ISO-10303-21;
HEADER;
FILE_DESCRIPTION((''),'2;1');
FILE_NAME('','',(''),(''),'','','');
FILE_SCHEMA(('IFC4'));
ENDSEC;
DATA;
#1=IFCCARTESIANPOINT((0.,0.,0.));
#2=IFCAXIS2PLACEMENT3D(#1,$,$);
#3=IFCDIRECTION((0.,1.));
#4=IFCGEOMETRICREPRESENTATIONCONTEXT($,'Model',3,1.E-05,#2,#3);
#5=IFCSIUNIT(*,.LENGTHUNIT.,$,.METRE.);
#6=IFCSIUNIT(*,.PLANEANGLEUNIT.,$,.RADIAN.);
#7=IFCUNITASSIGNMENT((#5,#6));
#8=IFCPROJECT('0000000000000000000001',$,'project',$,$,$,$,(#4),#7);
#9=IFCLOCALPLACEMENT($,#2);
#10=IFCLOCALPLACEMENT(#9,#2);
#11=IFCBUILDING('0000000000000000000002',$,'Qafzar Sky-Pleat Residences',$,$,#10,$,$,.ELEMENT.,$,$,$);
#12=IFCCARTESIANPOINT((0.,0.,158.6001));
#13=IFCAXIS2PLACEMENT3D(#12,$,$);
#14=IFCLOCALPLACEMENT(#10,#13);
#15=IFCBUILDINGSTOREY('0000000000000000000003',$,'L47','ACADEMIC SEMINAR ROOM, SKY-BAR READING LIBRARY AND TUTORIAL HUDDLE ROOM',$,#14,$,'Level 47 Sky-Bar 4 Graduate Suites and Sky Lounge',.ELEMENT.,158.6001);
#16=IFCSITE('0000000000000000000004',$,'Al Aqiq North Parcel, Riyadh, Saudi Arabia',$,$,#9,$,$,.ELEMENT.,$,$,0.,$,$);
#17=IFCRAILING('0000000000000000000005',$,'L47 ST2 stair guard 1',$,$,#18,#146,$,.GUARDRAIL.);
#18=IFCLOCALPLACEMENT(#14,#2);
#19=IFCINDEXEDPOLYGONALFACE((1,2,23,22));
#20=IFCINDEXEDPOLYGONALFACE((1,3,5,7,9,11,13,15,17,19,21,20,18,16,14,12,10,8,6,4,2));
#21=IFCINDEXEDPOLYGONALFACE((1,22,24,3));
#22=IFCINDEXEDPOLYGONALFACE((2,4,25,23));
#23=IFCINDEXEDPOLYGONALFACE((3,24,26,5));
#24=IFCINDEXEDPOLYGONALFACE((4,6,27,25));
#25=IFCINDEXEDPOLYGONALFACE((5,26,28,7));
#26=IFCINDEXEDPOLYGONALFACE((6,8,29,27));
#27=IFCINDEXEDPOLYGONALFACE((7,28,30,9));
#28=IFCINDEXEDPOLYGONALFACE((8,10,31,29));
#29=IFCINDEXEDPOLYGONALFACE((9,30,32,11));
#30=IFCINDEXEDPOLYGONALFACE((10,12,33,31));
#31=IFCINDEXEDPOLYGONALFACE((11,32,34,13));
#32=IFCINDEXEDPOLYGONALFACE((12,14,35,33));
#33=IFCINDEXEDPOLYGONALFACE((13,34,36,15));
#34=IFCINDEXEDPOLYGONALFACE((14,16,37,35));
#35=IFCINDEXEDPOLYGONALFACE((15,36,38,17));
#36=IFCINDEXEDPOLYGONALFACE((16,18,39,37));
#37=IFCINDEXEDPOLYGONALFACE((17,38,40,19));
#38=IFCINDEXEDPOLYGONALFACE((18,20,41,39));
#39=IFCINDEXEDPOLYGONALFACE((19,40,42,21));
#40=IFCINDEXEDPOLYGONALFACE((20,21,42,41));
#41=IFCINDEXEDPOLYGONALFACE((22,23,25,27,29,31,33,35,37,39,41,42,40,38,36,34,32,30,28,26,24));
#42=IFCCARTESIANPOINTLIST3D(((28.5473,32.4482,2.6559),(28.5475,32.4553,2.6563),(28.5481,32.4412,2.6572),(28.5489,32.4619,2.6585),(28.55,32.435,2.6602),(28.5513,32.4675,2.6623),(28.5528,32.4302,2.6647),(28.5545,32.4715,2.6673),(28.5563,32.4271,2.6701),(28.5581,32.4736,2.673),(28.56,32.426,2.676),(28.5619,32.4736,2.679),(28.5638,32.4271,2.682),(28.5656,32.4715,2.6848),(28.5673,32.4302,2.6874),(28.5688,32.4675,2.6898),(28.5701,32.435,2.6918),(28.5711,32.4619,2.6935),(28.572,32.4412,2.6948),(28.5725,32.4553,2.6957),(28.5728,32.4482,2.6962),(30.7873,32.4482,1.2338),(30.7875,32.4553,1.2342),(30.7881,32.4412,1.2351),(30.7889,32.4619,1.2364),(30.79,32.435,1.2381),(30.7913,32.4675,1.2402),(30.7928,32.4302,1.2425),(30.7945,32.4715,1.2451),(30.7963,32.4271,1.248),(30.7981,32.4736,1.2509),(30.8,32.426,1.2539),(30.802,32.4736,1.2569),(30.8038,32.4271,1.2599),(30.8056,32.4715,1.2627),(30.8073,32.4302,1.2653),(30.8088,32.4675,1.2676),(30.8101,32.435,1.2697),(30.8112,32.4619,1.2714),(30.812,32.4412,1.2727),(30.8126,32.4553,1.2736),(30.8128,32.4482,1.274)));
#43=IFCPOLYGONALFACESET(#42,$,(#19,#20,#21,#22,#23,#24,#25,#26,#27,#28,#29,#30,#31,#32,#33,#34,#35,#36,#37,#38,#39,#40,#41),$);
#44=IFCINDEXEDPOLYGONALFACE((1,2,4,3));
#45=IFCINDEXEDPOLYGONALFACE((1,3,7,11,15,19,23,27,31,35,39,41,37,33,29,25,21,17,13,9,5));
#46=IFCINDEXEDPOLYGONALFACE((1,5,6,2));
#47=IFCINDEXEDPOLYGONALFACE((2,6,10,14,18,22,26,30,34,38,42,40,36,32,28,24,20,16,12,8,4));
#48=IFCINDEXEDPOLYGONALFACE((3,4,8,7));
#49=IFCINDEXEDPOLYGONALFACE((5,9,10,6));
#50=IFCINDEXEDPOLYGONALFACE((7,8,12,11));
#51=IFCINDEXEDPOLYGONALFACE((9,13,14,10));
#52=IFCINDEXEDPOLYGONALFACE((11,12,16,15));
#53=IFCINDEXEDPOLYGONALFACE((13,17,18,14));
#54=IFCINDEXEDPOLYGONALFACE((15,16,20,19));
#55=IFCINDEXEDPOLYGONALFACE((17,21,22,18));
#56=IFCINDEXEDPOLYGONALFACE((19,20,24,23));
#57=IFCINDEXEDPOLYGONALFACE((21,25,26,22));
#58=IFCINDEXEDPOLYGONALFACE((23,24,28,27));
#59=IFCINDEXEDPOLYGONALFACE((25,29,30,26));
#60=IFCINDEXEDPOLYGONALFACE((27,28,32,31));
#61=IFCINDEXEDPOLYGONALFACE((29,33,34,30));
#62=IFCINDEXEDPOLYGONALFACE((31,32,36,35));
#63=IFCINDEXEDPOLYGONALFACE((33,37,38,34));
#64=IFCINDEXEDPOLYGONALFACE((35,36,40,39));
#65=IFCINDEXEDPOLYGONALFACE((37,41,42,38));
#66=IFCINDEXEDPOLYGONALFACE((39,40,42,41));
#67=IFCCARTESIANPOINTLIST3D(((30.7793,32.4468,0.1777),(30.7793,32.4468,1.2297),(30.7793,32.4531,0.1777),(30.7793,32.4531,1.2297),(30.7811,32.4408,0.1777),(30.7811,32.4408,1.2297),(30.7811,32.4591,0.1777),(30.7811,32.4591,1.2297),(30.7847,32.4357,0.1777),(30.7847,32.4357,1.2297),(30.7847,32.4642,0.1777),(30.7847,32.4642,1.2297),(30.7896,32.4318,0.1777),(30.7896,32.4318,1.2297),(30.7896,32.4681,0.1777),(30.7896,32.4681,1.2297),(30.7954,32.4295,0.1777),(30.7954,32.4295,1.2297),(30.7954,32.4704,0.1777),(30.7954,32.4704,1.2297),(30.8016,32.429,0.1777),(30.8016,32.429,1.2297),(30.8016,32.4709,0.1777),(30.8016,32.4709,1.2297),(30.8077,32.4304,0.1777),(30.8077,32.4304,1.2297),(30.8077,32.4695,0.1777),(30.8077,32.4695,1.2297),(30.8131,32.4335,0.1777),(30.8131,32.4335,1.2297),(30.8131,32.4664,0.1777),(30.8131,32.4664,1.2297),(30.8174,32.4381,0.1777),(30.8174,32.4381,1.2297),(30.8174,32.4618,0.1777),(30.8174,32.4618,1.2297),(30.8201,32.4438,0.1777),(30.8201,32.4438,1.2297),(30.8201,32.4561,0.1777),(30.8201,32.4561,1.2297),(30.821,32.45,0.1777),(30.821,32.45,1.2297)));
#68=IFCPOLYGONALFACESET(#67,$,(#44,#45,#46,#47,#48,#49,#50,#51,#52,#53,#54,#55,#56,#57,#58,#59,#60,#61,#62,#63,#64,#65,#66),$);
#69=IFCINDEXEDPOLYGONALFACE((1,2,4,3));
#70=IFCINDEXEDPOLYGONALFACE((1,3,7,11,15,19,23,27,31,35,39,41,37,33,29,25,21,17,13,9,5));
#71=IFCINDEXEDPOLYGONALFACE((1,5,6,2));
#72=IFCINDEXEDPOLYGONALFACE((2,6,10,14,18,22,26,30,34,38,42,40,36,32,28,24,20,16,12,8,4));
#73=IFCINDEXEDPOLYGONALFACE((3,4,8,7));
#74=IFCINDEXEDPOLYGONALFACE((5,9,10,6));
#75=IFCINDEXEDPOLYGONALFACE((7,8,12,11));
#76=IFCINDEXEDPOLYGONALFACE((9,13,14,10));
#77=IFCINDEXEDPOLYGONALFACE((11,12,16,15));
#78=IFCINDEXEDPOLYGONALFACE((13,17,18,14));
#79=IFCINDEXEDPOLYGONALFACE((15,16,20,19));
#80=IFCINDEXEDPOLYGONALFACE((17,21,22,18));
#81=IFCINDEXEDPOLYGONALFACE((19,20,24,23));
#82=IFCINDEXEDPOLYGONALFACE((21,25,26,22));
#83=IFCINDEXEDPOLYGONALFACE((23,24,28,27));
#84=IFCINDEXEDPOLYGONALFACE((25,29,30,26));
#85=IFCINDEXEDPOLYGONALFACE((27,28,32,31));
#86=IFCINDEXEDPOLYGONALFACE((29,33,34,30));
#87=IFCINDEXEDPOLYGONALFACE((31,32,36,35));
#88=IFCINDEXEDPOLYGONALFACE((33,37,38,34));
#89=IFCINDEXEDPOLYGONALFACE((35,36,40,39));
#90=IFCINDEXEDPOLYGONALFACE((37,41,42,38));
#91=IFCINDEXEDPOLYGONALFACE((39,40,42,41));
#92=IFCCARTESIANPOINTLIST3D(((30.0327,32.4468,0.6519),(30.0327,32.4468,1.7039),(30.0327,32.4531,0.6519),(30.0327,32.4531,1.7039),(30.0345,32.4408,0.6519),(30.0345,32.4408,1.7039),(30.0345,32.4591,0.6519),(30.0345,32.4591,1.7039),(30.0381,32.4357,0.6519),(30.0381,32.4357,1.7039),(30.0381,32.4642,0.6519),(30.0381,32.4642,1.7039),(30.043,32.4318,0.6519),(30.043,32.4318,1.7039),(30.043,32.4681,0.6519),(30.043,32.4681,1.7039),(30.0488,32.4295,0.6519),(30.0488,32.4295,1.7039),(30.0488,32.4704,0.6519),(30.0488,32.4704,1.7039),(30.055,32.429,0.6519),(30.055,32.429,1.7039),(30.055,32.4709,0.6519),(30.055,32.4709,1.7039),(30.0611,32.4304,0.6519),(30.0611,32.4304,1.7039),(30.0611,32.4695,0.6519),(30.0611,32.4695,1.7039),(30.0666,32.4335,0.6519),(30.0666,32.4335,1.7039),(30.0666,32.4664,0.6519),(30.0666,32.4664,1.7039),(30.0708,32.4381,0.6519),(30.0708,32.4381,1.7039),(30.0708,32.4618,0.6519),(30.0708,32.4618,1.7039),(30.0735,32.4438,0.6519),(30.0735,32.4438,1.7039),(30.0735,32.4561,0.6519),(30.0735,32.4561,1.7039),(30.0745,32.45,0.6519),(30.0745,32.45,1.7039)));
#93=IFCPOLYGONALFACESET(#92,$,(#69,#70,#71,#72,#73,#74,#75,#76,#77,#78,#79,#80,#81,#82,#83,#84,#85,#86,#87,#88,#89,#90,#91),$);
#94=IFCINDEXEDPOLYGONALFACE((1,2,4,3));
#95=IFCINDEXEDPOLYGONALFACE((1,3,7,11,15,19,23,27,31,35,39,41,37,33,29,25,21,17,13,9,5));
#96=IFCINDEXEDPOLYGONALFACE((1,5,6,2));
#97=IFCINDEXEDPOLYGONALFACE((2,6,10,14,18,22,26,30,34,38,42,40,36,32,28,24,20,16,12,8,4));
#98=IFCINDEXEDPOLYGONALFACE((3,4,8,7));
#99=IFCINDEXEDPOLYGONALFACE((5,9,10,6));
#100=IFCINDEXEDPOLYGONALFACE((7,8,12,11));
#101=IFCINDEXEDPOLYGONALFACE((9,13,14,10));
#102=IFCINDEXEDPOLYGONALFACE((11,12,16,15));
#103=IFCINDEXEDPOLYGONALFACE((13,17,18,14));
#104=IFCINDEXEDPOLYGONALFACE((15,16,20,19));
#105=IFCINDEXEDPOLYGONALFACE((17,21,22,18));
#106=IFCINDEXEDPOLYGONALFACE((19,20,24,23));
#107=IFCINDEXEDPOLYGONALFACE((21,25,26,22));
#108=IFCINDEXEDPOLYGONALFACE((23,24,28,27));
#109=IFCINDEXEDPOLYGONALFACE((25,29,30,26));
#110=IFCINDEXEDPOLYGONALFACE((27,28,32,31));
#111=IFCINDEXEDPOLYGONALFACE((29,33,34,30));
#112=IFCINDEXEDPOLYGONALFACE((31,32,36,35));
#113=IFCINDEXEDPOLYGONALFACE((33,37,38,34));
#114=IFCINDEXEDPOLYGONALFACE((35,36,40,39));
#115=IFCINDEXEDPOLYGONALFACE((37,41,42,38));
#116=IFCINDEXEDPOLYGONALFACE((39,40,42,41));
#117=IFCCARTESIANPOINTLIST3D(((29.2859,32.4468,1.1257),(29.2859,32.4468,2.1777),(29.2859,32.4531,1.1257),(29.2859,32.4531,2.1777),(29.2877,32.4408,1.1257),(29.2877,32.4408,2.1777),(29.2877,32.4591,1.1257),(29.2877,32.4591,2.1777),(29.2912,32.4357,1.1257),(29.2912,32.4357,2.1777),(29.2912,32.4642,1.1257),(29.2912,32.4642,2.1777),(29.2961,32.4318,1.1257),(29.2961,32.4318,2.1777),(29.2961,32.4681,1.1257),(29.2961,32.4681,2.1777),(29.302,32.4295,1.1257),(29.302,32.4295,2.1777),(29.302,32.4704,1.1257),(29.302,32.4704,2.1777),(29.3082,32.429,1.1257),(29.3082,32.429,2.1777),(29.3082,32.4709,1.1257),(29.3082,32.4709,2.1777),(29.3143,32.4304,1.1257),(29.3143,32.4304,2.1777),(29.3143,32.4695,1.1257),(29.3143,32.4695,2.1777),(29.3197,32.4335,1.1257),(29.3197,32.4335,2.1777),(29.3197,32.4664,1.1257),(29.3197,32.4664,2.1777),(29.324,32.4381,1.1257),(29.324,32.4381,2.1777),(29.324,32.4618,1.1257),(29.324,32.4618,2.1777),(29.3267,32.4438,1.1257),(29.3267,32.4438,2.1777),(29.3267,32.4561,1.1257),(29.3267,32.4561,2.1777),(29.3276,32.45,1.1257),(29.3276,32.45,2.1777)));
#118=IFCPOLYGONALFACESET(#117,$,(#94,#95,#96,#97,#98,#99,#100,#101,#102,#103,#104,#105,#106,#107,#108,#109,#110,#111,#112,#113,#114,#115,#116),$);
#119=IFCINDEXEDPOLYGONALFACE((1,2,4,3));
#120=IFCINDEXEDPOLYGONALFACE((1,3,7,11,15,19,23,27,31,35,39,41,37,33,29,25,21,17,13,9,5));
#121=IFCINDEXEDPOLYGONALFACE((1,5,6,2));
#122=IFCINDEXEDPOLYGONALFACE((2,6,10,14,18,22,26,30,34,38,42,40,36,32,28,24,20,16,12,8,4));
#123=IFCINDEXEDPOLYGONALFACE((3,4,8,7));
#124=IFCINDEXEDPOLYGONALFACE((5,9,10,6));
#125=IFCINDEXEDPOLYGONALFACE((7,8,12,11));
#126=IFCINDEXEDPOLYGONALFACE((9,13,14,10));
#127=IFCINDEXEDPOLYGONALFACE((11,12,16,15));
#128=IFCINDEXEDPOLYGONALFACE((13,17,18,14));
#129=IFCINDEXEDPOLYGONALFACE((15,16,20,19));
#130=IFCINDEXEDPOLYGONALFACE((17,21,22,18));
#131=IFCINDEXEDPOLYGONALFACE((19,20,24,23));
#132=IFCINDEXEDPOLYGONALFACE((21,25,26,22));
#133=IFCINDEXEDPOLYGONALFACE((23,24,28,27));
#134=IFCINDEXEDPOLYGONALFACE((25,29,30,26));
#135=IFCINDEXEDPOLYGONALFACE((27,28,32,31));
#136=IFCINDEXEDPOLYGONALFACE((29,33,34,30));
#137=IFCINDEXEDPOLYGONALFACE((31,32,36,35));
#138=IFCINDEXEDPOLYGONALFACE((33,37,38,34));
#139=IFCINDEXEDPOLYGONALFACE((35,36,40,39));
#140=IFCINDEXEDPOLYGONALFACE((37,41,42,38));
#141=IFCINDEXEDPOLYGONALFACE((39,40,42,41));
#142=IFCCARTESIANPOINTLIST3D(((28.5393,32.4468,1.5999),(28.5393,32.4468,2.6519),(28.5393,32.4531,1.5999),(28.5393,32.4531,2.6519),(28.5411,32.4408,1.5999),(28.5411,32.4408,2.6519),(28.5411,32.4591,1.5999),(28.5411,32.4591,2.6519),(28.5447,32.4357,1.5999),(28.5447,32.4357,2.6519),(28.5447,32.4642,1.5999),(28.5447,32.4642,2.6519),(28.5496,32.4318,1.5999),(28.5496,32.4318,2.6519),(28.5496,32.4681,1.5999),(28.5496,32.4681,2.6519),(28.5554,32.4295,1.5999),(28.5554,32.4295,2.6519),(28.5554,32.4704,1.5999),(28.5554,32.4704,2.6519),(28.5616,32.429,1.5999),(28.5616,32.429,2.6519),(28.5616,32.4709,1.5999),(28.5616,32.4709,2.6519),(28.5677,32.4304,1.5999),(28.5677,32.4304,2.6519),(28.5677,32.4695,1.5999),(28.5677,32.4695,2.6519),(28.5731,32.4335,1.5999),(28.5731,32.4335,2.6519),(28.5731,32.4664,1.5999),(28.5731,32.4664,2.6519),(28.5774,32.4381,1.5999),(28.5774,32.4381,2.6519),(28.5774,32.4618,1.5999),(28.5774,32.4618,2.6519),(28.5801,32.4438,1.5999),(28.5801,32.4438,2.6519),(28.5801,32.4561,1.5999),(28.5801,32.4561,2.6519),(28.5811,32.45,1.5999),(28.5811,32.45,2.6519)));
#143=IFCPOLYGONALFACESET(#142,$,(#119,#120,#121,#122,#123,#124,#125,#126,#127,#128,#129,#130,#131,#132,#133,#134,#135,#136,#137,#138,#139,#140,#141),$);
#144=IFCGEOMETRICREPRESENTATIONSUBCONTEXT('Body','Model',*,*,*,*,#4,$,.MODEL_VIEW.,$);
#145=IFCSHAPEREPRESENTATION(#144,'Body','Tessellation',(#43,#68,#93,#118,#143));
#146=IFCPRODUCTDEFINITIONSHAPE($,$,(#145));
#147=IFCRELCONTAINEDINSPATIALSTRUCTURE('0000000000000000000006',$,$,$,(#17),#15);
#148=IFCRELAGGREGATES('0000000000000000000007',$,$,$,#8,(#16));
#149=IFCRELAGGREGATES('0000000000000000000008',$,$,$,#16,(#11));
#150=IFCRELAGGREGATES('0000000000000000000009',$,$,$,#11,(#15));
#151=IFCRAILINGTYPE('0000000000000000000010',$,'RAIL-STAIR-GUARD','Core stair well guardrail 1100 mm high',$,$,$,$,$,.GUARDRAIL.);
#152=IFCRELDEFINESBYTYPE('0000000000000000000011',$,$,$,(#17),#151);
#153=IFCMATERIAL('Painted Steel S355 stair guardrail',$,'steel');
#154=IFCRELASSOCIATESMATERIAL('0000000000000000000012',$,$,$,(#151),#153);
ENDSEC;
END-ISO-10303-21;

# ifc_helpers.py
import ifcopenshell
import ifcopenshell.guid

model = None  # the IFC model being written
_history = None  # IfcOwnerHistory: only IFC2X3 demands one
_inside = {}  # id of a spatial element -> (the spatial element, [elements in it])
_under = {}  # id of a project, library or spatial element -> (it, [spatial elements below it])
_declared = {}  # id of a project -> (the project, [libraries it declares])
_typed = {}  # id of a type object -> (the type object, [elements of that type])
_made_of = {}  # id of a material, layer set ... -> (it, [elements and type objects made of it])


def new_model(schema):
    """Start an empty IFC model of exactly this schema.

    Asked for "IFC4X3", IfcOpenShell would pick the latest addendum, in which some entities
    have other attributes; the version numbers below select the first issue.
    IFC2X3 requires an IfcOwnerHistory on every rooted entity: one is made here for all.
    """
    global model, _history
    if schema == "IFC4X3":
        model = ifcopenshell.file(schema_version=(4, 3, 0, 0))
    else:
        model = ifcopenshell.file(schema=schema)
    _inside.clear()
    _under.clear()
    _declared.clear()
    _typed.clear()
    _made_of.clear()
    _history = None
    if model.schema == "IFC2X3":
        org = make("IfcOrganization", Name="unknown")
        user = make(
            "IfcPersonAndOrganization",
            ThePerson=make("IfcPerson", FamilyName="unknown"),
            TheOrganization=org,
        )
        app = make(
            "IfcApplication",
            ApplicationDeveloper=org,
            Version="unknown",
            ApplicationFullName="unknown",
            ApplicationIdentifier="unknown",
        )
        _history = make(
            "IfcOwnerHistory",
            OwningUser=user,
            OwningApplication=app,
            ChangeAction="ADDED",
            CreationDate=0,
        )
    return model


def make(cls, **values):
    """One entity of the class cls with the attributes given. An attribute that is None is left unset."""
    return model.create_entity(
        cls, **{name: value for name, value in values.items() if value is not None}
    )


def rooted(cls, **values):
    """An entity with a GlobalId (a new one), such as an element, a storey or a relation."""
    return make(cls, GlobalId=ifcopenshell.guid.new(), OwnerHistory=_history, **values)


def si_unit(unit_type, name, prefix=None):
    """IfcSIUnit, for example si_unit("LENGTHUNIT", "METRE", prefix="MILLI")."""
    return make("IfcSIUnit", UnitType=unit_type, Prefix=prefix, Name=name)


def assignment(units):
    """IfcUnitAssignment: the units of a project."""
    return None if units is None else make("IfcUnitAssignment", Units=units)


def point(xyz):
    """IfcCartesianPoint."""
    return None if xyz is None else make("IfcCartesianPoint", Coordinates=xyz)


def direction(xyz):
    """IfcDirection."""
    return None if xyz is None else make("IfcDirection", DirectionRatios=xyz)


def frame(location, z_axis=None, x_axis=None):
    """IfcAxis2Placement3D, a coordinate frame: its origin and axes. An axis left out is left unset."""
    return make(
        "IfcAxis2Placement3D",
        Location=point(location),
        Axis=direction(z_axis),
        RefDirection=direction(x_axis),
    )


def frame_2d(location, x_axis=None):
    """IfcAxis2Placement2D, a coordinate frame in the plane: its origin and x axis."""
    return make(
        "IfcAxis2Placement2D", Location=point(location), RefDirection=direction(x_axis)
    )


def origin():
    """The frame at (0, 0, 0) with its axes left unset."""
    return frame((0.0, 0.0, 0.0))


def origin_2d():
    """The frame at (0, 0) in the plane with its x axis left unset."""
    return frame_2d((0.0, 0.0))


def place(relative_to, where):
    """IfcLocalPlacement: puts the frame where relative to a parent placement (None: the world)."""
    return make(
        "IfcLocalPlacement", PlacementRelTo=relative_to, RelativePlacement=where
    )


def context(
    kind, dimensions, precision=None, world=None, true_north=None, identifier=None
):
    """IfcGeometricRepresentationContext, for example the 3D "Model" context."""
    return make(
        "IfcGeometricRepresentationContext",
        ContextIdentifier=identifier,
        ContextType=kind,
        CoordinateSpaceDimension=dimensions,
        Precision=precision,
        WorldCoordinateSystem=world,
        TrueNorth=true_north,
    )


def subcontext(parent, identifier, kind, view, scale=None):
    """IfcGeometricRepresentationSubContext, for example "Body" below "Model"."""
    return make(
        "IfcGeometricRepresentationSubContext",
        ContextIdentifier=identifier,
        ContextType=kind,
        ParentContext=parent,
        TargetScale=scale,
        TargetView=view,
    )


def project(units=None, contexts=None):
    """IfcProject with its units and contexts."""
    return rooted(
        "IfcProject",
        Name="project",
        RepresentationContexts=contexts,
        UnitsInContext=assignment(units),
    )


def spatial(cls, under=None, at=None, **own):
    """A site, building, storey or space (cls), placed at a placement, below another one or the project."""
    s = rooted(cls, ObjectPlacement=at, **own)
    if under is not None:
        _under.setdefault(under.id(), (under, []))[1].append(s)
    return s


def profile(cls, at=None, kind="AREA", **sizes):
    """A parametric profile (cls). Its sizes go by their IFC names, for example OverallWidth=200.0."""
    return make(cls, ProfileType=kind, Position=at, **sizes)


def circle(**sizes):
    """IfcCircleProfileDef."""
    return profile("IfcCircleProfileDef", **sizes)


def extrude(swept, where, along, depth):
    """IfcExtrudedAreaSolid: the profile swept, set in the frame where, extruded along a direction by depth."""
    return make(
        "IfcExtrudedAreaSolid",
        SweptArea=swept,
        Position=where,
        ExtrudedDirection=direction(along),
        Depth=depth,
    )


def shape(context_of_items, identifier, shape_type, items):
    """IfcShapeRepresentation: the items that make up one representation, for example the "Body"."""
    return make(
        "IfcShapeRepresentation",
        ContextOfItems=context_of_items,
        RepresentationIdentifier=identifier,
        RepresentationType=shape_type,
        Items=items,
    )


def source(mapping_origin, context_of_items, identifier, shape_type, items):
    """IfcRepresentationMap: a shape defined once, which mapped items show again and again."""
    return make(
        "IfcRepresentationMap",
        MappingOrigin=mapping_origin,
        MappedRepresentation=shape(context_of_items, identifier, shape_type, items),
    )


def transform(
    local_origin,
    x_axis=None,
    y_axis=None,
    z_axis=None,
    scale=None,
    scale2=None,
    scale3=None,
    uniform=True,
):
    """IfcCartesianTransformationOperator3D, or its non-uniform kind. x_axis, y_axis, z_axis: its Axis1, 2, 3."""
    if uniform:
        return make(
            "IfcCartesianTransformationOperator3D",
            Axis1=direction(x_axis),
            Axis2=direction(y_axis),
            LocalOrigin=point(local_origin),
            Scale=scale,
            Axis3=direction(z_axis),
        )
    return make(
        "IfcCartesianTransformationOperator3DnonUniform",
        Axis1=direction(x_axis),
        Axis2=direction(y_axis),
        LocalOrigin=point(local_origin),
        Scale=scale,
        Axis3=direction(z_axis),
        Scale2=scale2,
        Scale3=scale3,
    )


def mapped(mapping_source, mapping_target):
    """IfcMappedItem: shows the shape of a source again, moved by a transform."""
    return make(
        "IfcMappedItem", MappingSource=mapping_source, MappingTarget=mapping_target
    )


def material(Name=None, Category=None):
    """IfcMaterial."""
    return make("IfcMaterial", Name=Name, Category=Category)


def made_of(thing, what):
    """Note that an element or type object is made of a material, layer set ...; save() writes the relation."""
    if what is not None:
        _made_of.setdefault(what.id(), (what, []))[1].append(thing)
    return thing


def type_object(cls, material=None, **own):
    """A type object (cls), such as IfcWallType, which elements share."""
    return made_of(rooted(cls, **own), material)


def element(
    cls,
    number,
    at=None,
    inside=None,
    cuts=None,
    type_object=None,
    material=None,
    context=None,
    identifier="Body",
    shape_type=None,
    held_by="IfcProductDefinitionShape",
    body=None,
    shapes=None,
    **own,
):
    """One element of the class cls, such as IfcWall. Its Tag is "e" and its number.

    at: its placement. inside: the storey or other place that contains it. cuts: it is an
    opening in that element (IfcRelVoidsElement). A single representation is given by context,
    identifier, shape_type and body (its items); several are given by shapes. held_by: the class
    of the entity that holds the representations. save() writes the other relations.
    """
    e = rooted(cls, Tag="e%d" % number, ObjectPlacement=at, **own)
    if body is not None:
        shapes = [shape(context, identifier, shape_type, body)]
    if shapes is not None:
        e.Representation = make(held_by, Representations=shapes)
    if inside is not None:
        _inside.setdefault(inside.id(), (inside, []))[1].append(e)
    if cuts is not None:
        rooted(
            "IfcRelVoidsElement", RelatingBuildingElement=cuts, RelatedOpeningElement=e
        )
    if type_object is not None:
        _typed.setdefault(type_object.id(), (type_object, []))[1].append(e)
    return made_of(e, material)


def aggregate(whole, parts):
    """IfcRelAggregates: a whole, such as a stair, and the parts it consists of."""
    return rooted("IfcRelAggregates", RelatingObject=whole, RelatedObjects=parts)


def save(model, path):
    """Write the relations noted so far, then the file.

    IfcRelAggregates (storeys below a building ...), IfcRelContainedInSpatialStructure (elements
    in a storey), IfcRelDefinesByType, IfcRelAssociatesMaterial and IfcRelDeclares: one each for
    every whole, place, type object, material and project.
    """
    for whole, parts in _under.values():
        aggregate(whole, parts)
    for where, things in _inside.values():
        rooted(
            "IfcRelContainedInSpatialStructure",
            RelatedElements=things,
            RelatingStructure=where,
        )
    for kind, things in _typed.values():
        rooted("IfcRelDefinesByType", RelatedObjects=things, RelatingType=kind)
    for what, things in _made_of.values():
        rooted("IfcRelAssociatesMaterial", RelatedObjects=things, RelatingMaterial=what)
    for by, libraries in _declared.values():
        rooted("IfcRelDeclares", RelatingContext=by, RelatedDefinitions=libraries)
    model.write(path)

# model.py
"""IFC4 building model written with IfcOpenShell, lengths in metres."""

from ifc_helpers import new_model, si_unit, direction, frame, origin, origin_2d, place, context, subcontext, project, spatial, circle, extrude, source, transform, mapped, material, type_object, element, save


model = new_model("IFC4")

# Units and contexts
model_context = context("Model", 3, precision=1e-05, world=origin(), true_north=direction((0.0, 1.0)))
body_context = subcontext(model_context, "Body", "Model", "MODEL_VIEW")
ifc_project = project(units=[si_unit("LENGTHUNIT", "METRE"), si_unit("PLANEANGLEUNIT", "RADIAN")], contexts=[model_context])

# Site, building, storey
site_placement = place(None, origin())
site = spatial("IfcSite", under=ifc_project, at=site_placement, Name="Al Aqiq North Parcel, Riyadh, Saudi Arabia", CompositionType="ELEMENT", RefElevation=0.0)
building_placement = place(site_placement, origin())
building = spatial("IfcBuilding", under=site, at=building_placement, Name="Qafzar Sky-Pleat Residences", CompositionType="ELEMENT")
storey_placement = place(building_placement, frame((0.0, 0.0, 158.6001)))
storey = spatial("IfcBuildingStorey", under=building, at=storey_placement, Name="L47", Description="ACADEMIC SEMINAR ROOM, SKY-BAR READING LIBRARY AND TUTORIAL HUDDLE ROOM", LongName="Level 47 Sky-Bar 4 Graduate Suites and Sky Lounge", CompositionType="ELEMENT", Elevation=158.6001)

# Railing
ifc_material_1 = material(Name="Painted Steel S355 stair guardrail", Category="steel")
railing_type_1 = type_object("IfcRailingType", Name="RAIL-STAIR-GUARD", Description="Core stair well guardrail 1100 mm high", PredefinedType="GUARDRAIL", material=ifc_material_1)
shared_shape_1 = source(origin(), body_context, "Body", "SweptSolid", [
    extrude(circle(Radius=0.0239, at=origin_2d()), frame((0.0, 0.0, 1.0762), z_axis=(-0.844229, 0.0, 0.535982), x_axis=(0.0, -1.0, 0.0)), (0.0, 0.0, 1.0), 2.6533),
    extrude(circle(Radius=0.021, at=origin_2d()), origin(), (0.0, 0.0, 1.0), 1.052),
    extrude(circle(Radius=0.021, at=origin_2d()), frame((-0.7466, 0.0, 0.4741)), (0.0, 0.0, 1.0), 1.052),
    extrude(circle(Radius=0.021, at=origin_2d()), frame((-1.4934, 0.0, 0.948)), (0.0, 0.0, 1.0), 1.052),
    extrude(circle(Radius=0.021, at=origin_2d()), frame((-2.24, 0.0, 1.4221)), (0.0, 0.0, 1.0), 1.052),
])
railing_1_placement = place(storey_placement, frame((30.8, 32.45, 0.1777)))
element("IfcRailing", 1, at=railing_1_placement, inside=storey, type_object=railing_type_1, Name="L47 ST2 stair guard 1", PredefinedType="GUARDRAIL", context=body_context, shape_type="MappedRepresentation", body=[
    mapped(shared_shape_1, transform((0.0, 0.0, 0.0), x_axis=(1.0, 0.0, 0.0), y_axis=(0.0, 1.0, 0.0), z_axis=(0.0, 0.0, 1.0), scale=1.0)),
])

save(model, "model.ifc")
